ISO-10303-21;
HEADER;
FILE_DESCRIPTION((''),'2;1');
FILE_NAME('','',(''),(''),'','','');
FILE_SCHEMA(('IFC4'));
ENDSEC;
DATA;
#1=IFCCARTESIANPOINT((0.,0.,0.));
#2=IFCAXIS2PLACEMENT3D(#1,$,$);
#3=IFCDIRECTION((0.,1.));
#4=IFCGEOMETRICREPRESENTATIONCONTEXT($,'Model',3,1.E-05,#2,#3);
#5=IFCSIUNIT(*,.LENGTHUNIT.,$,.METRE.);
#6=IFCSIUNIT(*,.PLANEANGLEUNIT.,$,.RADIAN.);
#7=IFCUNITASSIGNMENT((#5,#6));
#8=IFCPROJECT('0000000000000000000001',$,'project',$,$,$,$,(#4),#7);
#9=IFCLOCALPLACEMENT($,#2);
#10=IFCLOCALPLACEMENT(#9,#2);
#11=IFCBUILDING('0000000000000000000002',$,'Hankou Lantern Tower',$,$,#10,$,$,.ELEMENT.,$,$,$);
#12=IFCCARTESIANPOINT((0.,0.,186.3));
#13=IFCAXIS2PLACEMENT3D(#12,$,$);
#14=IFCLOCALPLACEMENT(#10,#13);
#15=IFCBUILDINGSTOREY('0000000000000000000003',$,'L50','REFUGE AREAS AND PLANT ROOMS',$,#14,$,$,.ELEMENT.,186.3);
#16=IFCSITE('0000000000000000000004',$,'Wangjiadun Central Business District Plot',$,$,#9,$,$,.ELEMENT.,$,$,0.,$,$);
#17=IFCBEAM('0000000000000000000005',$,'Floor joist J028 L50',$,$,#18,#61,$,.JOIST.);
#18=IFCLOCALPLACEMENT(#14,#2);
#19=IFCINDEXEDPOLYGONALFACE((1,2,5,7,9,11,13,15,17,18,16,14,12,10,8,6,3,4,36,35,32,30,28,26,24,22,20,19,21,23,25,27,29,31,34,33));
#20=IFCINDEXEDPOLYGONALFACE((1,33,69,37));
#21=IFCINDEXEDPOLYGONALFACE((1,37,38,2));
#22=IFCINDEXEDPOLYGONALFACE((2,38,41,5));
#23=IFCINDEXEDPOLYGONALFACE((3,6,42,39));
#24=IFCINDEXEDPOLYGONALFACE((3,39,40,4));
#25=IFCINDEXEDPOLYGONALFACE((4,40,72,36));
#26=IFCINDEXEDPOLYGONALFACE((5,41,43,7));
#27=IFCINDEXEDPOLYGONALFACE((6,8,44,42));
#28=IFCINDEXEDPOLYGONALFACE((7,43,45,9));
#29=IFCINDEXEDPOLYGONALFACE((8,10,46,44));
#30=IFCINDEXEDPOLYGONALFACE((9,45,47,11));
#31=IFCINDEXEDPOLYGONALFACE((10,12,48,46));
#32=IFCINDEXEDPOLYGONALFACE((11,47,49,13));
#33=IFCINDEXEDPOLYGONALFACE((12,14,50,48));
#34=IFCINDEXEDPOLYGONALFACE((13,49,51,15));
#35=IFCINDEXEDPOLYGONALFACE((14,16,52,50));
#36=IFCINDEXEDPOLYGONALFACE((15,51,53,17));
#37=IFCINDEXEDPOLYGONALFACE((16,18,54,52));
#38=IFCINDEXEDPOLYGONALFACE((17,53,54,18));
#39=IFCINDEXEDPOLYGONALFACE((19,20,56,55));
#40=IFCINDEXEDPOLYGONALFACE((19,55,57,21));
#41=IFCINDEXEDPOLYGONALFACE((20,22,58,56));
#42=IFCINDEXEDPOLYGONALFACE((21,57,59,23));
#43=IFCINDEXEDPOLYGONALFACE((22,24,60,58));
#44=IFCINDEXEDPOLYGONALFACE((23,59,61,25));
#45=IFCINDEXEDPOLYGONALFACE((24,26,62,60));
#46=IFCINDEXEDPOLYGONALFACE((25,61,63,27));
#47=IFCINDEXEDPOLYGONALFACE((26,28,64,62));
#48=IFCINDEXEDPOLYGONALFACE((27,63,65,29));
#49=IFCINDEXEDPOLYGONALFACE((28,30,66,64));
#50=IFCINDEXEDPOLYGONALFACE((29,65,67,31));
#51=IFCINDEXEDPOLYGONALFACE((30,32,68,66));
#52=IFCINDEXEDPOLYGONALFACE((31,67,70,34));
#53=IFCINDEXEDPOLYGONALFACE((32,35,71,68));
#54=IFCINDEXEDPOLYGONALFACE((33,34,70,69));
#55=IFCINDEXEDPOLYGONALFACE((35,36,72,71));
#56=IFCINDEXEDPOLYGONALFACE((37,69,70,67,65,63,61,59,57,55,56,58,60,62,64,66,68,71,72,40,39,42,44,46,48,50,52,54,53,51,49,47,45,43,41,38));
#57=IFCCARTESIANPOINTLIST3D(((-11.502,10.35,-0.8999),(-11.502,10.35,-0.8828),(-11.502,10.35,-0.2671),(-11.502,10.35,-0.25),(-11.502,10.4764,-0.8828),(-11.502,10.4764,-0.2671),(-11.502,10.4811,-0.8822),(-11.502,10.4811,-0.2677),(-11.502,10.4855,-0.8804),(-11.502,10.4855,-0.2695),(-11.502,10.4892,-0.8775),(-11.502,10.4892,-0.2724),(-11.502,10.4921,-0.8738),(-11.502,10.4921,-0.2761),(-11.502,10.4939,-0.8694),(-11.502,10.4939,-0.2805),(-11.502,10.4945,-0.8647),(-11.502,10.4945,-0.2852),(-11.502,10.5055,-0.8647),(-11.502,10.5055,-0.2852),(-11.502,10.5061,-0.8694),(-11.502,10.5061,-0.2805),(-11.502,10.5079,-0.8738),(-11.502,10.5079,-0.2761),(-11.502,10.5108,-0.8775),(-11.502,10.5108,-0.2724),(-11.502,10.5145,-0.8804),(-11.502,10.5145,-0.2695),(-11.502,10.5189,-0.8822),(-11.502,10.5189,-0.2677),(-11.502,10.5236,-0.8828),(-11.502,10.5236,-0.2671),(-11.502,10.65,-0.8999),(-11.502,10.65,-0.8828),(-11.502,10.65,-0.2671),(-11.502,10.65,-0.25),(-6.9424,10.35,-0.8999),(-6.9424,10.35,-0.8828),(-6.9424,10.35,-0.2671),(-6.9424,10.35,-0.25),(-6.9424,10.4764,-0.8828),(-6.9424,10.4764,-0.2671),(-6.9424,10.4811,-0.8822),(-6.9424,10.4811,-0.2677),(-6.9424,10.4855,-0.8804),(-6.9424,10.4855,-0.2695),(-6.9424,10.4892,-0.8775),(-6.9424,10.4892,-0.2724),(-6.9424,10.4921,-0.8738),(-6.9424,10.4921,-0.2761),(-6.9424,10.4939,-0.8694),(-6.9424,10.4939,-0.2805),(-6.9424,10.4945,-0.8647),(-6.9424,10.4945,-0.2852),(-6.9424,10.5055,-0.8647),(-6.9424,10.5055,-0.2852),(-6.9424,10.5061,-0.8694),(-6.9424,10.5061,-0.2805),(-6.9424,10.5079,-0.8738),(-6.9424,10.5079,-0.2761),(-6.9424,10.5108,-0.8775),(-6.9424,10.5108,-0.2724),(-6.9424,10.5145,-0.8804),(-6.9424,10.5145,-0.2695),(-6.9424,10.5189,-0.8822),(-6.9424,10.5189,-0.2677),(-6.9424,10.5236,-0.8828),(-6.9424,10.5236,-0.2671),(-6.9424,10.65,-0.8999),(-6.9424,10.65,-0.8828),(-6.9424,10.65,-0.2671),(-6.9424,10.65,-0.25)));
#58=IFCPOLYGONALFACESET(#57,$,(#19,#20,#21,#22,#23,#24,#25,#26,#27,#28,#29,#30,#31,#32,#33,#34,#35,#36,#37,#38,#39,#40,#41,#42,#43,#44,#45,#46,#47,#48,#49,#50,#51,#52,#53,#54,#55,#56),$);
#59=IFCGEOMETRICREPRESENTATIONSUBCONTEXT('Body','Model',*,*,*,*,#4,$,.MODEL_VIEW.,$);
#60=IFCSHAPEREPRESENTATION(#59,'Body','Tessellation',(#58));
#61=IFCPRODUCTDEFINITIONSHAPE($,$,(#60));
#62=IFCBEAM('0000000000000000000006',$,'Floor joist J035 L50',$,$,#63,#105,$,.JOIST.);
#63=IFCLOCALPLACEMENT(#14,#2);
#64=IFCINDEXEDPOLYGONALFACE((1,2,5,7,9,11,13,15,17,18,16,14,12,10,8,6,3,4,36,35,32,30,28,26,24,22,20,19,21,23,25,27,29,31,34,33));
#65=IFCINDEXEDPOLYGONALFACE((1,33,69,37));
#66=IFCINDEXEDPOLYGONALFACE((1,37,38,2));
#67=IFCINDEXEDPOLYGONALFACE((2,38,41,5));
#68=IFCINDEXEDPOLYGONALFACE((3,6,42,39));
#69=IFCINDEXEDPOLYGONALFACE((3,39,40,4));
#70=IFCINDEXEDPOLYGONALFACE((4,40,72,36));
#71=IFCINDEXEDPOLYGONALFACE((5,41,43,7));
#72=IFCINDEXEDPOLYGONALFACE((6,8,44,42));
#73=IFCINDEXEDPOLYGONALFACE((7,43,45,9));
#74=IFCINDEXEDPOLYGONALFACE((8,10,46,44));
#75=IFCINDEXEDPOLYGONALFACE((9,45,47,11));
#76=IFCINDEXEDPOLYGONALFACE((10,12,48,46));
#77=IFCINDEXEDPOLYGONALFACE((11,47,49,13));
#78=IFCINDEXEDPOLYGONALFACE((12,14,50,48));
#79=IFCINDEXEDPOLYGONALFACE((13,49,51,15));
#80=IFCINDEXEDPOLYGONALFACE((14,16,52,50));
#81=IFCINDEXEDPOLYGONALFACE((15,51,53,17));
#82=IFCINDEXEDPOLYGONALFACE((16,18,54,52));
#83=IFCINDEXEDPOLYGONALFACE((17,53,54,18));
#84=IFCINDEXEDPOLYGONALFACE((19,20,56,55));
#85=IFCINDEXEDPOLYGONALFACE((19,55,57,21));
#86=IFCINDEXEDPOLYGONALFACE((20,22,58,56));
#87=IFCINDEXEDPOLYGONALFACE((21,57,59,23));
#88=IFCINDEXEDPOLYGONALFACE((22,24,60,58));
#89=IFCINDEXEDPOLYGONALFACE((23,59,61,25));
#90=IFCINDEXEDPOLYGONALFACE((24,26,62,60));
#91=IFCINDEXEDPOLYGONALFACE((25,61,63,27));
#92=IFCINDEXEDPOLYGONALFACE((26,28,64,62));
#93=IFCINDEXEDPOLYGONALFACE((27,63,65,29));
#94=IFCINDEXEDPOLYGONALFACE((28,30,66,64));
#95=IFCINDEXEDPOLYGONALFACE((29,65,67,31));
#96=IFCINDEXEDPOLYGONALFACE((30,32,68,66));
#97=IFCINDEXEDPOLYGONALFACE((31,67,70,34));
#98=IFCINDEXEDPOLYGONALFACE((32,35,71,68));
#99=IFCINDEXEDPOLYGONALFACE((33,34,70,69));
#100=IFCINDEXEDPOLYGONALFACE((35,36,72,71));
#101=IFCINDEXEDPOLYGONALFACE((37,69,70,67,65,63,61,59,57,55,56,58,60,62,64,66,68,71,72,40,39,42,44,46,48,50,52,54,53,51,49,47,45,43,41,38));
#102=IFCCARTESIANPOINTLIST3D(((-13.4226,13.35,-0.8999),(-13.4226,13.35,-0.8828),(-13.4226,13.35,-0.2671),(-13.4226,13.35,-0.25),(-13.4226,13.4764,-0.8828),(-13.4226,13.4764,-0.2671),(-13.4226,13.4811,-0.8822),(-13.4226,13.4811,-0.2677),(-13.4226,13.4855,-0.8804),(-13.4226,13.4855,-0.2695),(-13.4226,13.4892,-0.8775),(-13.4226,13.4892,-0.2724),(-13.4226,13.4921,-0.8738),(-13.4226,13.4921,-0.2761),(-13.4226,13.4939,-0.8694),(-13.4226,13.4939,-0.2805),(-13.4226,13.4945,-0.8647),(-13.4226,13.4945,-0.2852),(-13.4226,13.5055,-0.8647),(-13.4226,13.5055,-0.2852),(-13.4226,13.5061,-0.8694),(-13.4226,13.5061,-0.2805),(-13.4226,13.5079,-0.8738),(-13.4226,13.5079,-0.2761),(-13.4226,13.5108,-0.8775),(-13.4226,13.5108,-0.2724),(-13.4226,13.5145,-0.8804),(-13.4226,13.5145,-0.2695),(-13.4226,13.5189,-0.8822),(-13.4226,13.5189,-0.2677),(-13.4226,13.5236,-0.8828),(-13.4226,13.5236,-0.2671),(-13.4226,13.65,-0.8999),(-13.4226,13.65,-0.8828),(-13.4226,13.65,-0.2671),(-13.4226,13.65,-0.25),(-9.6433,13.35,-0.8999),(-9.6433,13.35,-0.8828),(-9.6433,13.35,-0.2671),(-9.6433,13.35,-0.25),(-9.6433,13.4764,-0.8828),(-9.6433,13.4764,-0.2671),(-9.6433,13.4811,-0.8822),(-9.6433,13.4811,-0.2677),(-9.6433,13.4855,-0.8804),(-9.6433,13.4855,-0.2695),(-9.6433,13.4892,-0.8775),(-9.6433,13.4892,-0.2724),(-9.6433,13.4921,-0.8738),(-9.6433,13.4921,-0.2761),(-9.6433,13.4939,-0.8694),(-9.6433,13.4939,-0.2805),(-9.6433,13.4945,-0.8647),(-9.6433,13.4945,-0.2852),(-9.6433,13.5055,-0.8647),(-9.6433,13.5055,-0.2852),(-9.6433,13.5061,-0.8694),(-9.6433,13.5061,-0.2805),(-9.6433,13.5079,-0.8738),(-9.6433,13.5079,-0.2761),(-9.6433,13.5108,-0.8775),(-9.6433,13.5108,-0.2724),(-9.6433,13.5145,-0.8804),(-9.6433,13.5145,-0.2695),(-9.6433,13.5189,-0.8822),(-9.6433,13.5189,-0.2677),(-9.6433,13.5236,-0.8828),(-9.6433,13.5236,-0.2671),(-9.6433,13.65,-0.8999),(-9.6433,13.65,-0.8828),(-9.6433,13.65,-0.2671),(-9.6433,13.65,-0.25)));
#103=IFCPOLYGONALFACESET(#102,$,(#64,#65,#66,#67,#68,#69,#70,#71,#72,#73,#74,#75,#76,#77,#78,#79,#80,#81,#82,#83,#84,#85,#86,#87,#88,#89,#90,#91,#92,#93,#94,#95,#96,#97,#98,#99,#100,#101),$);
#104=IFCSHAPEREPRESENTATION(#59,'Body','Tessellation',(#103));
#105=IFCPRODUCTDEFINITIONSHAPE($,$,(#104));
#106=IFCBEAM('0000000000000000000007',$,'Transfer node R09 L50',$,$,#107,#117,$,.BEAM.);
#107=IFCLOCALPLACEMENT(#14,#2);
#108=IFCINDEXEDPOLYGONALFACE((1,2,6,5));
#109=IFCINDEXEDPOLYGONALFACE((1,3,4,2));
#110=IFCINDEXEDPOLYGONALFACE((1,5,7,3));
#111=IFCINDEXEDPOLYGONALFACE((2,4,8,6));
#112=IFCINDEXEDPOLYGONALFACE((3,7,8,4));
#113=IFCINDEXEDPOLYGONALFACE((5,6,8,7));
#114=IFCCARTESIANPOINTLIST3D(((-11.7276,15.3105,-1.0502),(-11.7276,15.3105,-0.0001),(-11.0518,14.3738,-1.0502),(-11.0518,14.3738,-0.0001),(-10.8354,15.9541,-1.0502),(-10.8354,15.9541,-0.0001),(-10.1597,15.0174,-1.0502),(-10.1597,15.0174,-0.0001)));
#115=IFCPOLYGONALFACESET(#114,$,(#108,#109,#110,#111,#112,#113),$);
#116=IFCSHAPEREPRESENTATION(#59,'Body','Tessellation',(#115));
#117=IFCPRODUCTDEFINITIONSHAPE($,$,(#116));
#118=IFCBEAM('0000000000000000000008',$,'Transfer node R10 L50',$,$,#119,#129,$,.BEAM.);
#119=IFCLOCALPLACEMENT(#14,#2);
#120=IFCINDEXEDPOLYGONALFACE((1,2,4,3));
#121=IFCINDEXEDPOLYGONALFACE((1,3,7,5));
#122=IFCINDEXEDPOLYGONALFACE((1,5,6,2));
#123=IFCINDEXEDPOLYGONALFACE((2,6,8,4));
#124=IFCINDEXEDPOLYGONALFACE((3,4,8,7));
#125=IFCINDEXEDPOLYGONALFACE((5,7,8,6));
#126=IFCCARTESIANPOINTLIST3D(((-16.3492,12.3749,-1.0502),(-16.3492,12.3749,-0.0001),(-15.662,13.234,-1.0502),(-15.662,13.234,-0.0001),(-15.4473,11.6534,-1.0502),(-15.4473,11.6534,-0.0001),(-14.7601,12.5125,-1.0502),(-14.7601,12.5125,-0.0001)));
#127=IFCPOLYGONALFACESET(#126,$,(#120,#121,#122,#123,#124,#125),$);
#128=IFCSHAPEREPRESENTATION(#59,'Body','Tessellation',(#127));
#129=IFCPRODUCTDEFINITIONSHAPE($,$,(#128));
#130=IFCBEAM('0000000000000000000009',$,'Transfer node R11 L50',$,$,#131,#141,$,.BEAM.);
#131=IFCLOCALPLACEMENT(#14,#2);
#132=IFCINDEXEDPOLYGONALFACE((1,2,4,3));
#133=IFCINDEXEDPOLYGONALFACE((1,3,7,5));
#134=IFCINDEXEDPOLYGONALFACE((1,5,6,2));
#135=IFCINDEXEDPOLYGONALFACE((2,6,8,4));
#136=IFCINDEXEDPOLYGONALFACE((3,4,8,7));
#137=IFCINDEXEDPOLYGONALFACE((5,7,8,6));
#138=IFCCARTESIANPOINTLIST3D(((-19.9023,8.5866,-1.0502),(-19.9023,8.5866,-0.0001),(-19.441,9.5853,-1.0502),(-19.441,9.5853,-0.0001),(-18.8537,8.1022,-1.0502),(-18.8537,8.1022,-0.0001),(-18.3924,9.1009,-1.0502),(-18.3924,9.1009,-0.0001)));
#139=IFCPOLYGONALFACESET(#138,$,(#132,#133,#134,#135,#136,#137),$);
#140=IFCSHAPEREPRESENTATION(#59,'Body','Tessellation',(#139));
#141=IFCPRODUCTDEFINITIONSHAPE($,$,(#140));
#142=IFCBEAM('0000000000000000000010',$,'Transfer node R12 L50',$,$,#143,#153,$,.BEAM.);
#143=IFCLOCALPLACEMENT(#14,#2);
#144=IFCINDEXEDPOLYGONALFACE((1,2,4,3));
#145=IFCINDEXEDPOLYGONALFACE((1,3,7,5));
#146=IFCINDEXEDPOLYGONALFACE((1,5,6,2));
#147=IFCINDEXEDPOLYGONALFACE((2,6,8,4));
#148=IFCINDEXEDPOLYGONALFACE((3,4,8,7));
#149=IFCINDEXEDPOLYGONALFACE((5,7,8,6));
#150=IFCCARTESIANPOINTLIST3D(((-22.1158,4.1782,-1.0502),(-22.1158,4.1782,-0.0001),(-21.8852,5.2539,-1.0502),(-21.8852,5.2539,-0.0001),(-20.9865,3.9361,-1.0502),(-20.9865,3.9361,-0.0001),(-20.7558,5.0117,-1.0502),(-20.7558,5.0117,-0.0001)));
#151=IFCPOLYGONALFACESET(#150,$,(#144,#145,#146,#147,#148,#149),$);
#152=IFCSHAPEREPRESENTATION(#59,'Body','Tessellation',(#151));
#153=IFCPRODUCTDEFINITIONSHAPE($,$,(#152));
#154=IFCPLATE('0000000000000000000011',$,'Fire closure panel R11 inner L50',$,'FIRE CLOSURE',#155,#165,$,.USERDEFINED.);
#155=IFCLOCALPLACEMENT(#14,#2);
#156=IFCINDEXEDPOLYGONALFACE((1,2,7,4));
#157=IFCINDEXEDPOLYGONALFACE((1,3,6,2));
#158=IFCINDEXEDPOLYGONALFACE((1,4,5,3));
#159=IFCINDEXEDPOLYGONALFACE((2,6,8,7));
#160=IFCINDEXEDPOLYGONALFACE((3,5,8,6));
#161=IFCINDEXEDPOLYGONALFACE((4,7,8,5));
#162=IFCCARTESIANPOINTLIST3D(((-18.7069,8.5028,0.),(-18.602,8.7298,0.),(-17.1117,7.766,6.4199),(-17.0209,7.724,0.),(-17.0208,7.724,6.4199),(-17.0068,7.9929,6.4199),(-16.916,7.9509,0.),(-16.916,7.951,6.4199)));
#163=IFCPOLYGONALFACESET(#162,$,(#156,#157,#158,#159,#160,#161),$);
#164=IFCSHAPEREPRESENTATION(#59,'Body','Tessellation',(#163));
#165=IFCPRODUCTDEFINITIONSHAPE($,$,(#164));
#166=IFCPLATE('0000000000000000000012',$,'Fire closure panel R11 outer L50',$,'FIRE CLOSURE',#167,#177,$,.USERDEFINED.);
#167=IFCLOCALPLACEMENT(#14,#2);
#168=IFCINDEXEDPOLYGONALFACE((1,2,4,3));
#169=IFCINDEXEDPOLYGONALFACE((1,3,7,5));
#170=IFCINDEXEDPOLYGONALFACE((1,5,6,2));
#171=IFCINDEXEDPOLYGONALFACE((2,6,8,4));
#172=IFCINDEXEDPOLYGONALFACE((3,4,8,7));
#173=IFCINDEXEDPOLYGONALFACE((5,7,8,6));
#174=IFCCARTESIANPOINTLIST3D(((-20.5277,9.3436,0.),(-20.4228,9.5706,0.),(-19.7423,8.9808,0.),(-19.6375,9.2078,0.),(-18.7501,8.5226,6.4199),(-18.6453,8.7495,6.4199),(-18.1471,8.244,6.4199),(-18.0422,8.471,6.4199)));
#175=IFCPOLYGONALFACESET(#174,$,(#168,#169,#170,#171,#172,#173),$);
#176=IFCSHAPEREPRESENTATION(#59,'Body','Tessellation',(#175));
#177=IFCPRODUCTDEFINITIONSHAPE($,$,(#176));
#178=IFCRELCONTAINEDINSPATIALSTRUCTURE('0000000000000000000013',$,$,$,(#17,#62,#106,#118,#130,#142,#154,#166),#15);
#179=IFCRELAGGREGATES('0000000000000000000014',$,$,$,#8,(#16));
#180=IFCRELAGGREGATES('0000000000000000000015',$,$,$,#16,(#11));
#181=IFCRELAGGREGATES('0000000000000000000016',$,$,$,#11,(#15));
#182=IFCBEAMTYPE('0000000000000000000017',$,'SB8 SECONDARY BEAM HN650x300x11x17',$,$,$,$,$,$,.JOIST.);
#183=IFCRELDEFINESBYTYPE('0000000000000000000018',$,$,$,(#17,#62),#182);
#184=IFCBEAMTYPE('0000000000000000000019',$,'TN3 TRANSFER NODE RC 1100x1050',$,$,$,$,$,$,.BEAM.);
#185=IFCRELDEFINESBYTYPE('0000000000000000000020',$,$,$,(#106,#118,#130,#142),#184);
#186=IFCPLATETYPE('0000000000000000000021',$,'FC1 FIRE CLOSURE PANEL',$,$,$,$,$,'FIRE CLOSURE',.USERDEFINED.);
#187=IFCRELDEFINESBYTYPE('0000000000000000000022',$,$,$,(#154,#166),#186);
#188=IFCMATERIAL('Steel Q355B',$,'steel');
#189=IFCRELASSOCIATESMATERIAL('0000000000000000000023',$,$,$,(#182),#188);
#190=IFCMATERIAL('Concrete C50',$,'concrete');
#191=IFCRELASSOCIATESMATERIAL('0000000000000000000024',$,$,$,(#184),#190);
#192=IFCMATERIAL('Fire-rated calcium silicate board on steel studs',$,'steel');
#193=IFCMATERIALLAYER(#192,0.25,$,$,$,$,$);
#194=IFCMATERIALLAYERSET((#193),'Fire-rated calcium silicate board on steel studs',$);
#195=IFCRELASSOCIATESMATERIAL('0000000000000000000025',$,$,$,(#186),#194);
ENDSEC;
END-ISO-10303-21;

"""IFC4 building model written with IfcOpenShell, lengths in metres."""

from ifc_helpers import new_model, si_unit, direction, frame, origin, origin_2d, place, context, subcontext, project, spatial, polyline, rectangle, i_section, outline, extrude, material, layer, layer_set, material_profile, profile_set, type_object, element, save


model = new_model("IFC4")

# Units and contexts
model_context = context("Model", 3, precision=1e-05, world=origin(), true_north=direction((0.0, 1.0)))
body_context = subcontext(model_context, "Body", "Model", "MODEL_VIEW")
ifc_project = project(units=[si_unit("LENGTHUNIT", "METRE"), si_unit("PLANEANGLEUNIT", "RADIAN")], contexts=[model_context])

# Site, building, storey
site_placement = place(None, origin())
site = spatial("IfcSite", under=ifc_project, at=site_placement, Name="Wangjiadun Central Business District Plot", CompositionType="ELEMENT", RefElevation=0.0)
building_placement = place(site_placement, origin())
building = spatial("IfcBuilding", under=site, at=building_placement, Name="Hankou Lantern Tower", CompositionType="ELEMENT")
storey_placement = place(building_placement, frame((0.0, 0.0, 186.3)))
storey = spatial("IfcBuildingStorey", under=building, at=storey_placement, Name="L50", Description="REFUGE AREAS AND PLANT ROOMS", CompositionType="ELEMENT", Elevation=186.3)

# Beams
ifc_material_1 = material(Name="Steel Q355B", Category="steel")
ifc_material_profile_1 = material_profile(ifc_material_1, i_section(OverallWidth=0.3, OverallDepth=0.6499, WebThickness=0.011, FlangeThickness=0.0171, FilletRadius=0.0181, at=origin_2d()), Name="HN650x300x11x17")
ifc_profile_set_1 = profile_set([ifc_material_profile_1], Name="Steel Q355B")
beam_type_1 = type_object("IfcBeamType", Name="SB8 SECONDARY BEAM HN650x300x11x17", PredefinedType="JOIST", material=ifc_profile_set_1)
beam_1_placement = place(storey_placement, frame((-11.502, 10.5, -0.575), z_axis=(1.0, 0.0, 0.0), x_axis=(0.0, 1.0, 0.0)))
element("IfcBeam", 1, at=beam_1_placement, inside=storey, type_object=beam_type_1, Name="Floor joist J028 L50", PredefinedType="JOIST", context=body_context, shape_type="SweptSolid", body=[
    extrude(i_section(OverallWidth=0.3, OverallDepth=0.6499, WebThickness=0.011, FlangeThickness=0.0171, FilletRadius=0.0181, at=origin_2d()), origin(), (0.0, 0.0, 1.0), 4.5596),
])
beam_2_placement = place(storey_placement, frame((-13.4226, 13.5, -0.575), z_axis=(1.0, 0.0, 0.0), x_axis=(0.0, 1.0, 0.0)))
element("IfcBeam", 2, at=beam_2_placement, inside=storey, type_object=beam_type_1, Name="Floor joist J035 L50", PredefinedType="JOIST", context=body_context, shape_type="SweptSolid", body=[
    extrude(i_section(OverallWidth=0.3, OverallDepth=0.6499, WebThickness=0.011, FlangeThickness=0.0171, FilletRadius=0.0181, at=origin_2d()), origin(), (0.0, 0.0, 1.0), 3.7793),
])
ifc_material_2 = material(Name="Concrete C50", Category="concrete")
ifc_material_profile_2 = material_profile(ifc_material_2, rectangle(XDim=1.1001, YDim=1.05, at=origin_2d()), Name="RC 1100x1050")
ifc_profile_set_2 = profile_set([ifc_material_profile_2], Name="Concrete C50")
beam_type_2 = type_object("IfcBeamType", Name="TN3 TRANSFER NODE RC 1100x1050", PredefinedType="BEAM", material=ifc_profile_set_2)
for number, where, z_axis, x_axis, name in (
    (3, (-11.2815, 15.6323, -0.5251), (0.585051, -0.810997, 0.0), (0.810997, 0.585051, 0.0), "Transfer node R09 L50"),
    (4, (-16.0056, 12.8044, -0.5251), (0.780889, -0.624669, 0.0), (0.624669, 0.780889, 0.0), "Transfer node R10 L50"),
    (5, (-19.6716, 9.0859, -0.5251), (0.907823, -0.419353, 0.0), (0.419353, 0.907823, 0.0), "Transfer node R11 L50"),
    (6, (-22.0005, 4.7161, -0.5251), (0.977771, -0.209673, 0.0), (0.209673, 0.977771, 0.0), "Transfer node R12 L50"),
):
    element("IfcBeam", number, at=place(storey_placement, frame(where, z_axis=z_axis, x_axis=x_axis)), inside=storey, type_object=beam_type_2, Name=name, PredefinedType="BEAM", context=body_context, shape_type="SweptSolid", body=[
        extrude(rectangle(XDim=1.1001, YDim=1.05, at=origin_2d()), origin(), (0.0, 0.0, 1.0), 1.155),
    ])

# Plates
ifc_material_3 = material(Name="Fire-rated calcium silicate board on steel studs", Category="steel")
ifc_layer_1 = layer(ifc_material_3, 0.25)
ifc_layer_set_1 = layer_set([ifc_layer_1], Name="Fire-rated calcium silicate board on steel studs")
plate_type = type_object("IfcPlateType", Name="FC1 FIRE CLOSURE PANEL", ElementType="FIRE CLOSURE", PredefinedType="USERDEFINED", material=ifc_layer_set_1)
plate_1_placement = place(storey_placement, frame((-16.916, 7.9509, 0.0), z_axis=(0.419359, 0.907821, -0.000005), x_axis=(-0.907821, 0.419359, 0.0)))
element("IfcPlate", 7, at=plate_1_placement, inside=storey, type_object=plate_type, Name="Fire closure panel R11 inner L50", ObjectType="FIRE CLOSURE", PredefinedType="USERDEFINED", context=body_context, shape_type="SweptSolid", body=[
    extrude(outline(polyline([(0.0, 0.0), (1.8572, 0.0), (0.1001, 6.4199), (0.0, 6.4199), (0.0, 0.0)])), origin(), (0.0, 0.0, -1.0), 0.25),
])
plate_2_placement = place(storey_placement, frame((-19.6375, 9.2078, 0.0), z_axis=(0.419352, 0.907824, -0.00001), x_axis=(-0.907824, 0.419352, 0.0)))
element("IfcPlate", 8, at=plate_2_placement, inside=storey, type_object=plate_type, Name="Fire closure panel R11 outer L50", ObjectType="FIRE CLOSURE", PredefinedType="USERDEFINED", context=body_context, shape_type="SweptSolid", body=[
    extrude(outline(polyline([(0.0, 0.0), (0.8651, 0.0), (-1.0929, 6.4199), (-1.7572, 6.4199), (0.0, 0.0)])), origin(), (0.0, 0.0, -1.0), 0.25),
])

save(model, "model.ifc")
